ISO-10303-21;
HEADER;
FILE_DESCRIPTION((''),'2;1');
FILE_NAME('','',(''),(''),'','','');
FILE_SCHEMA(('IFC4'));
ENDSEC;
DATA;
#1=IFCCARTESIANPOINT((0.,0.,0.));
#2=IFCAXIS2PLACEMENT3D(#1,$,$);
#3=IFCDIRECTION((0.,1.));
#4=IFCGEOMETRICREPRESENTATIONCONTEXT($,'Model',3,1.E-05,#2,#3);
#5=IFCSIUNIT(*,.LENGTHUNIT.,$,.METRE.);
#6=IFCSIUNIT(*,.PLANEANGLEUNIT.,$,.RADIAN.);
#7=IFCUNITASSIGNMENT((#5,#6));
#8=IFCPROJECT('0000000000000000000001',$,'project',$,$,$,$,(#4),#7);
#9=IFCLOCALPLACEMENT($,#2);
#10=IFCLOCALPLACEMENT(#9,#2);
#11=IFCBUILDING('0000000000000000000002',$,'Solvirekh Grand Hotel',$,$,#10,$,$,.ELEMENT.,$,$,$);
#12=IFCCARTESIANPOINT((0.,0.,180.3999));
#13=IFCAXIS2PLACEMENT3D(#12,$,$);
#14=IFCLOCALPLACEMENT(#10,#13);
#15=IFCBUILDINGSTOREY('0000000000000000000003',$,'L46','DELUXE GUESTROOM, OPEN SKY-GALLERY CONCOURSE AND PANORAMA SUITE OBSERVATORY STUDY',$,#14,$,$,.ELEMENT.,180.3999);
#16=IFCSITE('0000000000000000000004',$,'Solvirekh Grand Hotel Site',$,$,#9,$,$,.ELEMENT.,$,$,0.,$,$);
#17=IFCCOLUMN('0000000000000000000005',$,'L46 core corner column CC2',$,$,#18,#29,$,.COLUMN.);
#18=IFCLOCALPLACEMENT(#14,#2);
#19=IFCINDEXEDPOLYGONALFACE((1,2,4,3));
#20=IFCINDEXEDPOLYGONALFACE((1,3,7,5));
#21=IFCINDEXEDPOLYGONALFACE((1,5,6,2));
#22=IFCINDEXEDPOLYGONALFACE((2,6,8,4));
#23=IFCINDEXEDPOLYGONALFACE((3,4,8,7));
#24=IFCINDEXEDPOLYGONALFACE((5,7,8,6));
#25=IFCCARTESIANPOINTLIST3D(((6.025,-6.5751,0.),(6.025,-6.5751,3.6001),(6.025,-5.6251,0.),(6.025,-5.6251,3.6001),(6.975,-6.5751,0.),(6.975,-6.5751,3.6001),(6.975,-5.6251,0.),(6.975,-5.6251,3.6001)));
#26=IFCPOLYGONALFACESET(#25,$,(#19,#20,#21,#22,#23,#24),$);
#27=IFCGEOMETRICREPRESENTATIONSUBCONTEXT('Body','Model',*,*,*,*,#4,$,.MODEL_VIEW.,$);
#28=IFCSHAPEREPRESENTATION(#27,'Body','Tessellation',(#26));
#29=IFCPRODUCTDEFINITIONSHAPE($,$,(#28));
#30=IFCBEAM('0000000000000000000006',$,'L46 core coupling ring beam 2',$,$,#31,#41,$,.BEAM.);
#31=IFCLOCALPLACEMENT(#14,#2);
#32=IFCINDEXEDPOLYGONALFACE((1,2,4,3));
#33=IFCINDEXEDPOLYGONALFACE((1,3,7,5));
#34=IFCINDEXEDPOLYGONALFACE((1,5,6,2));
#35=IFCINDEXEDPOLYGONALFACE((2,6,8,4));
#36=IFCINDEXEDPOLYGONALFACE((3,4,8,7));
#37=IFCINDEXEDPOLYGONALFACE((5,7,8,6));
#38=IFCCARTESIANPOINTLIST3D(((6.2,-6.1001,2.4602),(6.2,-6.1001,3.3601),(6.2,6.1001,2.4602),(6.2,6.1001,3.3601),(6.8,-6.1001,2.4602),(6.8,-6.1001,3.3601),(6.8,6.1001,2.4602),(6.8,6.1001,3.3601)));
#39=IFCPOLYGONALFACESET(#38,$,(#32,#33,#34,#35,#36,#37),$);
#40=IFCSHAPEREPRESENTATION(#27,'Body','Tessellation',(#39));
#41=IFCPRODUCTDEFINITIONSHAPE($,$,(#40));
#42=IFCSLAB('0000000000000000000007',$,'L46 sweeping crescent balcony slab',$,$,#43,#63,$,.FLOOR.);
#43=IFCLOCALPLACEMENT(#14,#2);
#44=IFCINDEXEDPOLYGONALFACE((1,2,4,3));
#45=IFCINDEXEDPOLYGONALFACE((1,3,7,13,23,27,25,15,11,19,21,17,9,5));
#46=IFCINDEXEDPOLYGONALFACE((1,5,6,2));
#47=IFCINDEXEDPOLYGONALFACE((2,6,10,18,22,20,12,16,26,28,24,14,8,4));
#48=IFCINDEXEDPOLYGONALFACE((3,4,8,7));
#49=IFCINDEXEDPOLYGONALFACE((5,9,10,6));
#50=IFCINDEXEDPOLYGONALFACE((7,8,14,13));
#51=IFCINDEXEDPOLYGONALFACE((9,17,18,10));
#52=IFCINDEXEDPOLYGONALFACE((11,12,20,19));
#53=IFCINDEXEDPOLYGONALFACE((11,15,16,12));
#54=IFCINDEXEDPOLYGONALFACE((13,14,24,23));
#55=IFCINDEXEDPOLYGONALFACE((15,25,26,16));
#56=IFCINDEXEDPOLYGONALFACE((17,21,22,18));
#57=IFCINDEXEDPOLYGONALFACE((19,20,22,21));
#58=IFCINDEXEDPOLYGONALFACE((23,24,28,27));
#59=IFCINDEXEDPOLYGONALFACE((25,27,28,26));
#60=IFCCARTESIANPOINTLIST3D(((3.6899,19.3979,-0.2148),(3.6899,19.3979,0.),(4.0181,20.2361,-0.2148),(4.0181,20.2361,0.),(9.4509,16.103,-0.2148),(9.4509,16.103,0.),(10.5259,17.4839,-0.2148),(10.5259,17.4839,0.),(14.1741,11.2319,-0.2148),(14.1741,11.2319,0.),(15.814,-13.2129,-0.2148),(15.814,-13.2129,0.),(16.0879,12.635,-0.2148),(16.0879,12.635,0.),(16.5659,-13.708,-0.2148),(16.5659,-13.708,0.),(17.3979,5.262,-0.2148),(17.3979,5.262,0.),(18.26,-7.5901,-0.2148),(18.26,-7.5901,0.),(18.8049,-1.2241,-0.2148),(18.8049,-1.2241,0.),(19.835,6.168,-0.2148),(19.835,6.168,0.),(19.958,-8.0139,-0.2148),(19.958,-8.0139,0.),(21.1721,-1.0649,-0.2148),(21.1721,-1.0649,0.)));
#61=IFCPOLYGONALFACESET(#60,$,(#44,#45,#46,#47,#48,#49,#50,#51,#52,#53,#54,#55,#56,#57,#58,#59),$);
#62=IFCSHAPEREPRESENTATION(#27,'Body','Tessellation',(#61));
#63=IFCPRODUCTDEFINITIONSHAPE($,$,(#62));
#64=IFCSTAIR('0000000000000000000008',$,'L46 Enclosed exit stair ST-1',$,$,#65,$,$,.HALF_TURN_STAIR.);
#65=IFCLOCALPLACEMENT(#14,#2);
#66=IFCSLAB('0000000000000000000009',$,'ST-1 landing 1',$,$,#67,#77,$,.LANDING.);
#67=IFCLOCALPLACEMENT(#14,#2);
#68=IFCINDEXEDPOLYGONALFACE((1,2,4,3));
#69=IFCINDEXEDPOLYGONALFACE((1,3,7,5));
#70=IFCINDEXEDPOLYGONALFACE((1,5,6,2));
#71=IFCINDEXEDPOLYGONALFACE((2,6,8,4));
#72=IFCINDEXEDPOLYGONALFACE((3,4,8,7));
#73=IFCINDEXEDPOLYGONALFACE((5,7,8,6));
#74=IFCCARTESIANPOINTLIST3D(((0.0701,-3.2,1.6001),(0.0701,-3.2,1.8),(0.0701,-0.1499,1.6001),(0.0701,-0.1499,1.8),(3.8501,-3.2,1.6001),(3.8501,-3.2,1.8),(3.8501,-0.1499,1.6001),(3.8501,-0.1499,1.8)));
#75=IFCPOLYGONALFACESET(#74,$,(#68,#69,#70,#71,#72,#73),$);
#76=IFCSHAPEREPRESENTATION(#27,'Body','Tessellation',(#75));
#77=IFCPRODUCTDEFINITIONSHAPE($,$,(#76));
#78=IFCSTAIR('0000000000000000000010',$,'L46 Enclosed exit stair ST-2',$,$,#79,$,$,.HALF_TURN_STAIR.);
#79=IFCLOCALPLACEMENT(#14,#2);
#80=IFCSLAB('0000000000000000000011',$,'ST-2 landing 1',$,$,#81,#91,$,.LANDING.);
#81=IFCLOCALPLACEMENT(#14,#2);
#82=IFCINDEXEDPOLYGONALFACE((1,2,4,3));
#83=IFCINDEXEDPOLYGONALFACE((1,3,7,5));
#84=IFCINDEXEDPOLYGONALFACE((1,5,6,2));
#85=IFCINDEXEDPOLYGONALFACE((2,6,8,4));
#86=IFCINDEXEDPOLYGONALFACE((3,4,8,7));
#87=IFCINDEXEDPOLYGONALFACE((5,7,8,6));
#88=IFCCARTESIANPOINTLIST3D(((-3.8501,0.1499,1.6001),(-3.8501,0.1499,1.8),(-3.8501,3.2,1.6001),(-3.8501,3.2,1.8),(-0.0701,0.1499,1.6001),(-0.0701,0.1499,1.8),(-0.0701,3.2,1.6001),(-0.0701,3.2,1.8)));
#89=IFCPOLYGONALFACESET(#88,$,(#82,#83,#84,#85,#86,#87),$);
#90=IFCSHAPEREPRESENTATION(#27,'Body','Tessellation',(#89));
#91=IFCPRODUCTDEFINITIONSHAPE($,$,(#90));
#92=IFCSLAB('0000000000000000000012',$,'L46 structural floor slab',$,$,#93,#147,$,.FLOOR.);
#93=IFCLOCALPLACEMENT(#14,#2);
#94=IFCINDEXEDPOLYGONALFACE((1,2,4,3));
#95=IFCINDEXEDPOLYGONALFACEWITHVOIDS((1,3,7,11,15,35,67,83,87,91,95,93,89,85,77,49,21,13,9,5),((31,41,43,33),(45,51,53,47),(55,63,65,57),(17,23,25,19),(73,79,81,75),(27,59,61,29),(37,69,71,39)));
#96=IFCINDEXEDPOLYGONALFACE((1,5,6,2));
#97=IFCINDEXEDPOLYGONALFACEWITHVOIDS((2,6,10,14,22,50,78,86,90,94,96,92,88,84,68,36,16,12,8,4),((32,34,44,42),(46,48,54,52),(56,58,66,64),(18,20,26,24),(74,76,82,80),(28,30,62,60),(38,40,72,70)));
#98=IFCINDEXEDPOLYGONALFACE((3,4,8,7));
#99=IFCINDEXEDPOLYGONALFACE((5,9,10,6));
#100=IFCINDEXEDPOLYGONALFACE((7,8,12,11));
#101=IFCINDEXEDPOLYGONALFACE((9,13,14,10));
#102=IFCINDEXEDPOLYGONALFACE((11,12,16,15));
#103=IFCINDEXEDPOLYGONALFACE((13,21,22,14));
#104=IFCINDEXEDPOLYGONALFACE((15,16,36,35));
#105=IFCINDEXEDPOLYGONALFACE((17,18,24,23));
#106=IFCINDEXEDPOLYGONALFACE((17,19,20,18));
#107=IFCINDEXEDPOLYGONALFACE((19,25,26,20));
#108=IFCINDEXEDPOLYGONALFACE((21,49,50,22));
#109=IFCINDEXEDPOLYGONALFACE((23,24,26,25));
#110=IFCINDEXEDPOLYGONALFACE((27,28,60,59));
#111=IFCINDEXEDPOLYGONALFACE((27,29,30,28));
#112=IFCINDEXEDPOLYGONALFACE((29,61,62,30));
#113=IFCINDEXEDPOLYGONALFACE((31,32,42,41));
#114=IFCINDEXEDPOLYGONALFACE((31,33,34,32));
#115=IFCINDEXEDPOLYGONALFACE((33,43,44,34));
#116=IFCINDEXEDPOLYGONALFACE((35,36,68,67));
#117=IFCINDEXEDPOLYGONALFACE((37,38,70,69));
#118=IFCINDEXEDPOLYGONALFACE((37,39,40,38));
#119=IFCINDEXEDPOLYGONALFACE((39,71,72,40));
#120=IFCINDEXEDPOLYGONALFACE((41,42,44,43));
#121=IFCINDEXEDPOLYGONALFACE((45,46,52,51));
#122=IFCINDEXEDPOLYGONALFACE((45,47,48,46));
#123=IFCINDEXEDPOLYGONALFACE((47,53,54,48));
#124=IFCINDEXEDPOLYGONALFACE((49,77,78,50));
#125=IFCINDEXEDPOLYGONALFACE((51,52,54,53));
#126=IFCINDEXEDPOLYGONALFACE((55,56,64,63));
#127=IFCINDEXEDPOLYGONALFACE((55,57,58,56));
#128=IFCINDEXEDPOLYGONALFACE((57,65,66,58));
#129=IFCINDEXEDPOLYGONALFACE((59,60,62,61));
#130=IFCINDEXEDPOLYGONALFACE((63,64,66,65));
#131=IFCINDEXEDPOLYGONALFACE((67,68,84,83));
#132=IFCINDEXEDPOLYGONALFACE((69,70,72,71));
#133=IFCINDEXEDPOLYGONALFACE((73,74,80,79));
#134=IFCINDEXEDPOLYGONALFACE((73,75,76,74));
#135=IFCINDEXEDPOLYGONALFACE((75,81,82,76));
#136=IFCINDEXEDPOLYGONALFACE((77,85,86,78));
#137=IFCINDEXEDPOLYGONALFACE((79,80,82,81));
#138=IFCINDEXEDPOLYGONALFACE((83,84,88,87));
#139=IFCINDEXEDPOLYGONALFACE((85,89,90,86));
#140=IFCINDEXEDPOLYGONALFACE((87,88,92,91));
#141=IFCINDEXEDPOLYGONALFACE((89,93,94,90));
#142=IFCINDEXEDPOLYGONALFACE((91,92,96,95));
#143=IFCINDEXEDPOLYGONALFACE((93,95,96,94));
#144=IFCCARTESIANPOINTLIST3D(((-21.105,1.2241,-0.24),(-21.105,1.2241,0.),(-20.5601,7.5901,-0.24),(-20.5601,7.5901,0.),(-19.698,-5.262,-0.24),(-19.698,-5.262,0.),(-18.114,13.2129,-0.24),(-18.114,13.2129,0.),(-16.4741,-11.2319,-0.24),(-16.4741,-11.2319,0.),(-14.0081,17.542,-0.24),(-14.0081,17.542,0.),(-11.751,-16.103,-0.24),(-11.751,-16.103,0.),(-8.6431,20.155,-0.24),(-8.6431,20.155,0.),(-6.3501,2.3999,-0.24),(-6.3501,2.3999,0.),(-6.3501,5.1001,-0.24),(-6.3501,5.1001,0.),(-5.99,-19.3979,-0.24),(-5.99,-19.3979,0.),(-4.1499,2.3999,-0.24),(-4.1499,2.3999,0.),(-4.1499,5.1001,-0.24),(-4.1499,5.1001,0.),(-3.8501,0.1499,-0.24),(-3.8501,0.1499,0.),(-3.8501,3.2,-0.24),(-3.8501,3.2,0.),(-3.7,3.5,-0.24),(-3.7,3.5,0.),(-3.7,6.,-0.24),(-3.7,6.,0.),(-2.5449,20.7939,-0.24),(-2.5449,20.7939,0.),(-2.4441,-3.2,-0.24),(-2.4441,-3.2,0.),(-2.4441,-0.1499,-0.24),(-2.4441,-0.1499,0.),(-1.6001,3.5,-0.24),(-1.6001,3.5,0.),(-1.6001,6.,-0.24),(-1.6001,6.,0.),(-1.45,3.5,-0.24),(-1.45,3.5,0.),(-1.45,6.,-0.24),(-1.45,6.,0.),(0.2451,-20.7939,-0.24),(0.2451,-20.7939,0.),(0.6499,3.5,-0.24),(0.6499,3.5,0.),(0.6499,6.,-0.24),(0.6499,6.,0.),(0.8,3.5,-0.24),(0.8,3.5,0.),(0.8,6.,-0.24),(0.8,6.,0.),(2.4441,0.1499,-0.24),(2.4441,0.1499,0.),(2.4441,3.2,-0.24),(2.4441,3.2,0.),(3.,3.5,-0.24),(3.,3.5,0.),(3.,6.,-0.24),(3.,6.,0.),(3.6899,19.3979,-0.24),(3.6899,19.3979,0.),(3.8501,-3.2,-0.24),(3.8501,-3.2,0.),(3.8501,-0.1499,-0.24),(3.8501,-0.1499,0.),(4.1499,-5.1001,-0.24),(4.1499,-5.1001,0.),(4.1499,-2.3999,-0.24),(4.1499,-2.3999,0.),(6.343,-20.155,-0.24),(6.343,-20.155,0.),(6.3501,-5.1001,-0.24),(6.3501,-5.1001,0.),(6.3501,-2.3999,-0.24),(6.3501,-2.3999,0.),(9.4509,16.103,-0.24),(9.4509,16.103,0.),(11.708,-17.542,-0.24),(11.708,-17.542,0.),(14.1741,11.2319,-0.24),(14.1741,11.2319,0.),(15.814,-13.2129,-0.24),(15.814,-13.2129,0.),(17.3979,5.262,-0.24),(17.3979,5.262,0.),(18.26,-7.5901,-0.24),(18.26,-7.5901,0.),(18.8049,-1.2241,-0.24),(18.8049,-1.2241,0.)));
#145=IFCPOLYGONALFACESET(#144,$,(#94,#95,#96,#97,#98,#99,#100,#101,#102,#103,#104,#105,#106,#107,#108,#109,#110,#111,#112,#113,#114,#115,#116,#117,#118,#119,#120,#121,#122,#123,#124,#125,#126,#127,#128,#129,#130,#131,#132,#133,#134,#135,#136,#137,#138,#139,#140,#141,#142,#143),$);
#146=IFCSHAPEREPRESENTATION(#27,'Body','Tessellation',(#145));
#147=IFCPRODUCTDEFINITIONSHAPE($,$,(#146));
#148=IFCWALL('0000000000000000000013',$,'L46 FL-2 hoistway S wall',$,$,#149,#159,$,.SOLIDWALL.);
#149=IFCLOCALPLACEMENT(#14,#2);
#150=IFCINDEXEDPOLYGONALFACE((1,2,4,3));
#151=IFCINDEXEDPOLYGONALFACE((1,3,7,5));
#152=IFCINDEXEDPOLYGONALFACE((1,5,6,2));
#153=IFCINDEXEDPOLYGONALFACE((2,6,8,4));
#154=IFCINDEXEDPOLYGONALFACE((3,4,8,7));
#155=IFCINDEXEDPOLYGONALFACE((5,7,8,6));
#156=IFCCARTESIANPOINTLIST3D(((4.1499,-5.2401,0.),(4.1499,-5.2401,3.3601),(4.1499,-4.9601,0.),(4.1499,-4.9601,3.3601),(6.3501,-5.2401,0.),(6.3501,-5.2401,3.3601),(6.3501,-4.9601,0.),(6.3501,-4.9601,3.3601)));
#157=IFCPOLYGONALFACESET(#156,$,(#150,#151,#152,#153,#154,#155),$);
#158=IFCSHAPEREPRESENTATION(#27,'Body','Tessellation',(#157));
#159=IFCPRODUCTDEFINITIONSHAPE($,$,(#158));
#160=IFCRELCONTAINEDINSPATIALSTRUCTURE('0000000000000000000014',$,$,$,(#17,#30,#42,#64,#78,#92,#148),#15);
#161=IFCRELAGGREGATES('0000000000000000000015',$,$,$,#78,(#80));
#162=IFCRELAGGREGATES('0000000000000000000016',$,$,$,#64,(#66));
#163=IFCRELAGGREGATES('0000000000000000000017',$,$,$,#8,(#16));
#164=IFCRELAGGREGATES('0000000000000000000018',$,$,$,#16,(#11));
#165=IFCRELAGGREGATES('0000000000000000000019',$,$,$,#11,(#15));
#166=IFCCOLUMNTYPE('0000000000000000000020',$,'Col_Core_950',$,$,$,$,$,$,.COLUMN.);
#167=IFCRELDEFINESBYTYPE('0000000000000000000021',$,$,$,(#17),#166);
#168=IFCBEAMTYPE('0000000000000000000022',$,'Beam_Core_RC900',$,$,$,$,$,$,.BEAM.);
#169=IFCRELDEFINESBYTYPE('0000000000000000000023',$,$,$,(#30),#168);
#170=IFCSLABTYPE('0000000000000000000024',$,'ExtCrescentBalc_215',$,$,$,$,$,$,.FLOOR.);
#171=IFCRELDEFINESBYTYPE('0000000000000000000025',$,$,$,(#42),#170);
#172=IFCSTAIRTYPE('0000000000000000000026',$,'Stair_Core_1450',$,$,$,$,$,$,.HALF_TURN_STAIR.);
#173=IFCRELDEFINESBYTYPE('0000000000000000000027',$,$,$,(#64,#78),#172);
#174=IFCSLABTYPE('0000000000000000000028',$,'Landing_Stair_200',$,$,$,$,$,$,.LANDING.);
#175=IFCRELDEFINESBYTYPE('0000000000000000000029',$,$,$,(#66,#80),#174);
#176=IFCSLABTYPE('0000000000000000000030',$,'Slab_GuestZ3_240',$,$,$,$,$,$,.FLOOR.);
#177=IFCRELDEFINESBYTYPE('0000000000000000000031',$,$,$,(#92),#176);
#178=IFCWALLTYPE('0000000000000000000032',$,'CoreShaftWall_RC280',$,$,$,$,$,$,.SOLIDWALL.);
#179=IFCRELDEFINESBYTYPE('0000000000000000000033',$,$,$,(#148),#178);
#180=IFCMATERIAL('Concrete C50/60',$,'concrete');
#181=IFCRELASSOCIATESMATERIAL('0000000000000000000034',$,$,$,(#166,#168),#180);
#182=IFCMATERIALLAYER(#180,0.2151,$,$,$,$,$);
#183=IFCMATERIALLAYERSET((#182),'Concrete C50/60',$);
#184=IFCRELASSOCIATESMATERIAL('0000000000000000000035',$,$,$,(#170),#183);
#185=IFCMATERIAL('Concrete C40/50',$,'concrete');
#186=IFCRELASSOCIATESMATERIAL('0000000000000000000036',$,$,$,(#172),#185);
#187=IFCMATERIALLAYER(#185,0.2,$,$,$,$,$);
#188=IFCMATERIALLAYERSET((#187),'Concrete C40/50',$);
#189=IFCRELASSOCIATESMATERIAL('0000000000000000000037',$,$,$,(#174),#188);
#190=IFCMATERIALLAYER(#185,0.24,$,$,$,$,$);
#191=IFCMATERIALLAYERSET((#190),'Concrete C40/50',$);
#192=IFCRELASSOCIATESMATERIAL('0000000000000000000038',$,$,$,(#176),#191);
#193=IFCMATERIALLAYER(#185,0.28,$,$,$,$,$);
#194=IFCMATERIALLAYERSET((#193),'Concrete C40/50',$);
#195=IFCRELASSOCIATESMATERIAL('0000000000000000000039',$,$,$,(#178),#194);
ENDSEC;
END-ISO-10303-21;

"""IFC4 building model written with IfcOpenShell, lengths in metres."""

from ifc_helpers import new_model, si_unit, direction, frame, frame_2d, origin, origin_2d, place, context, subcontext, project, spatial, polyline, rectangle, outline, extrude, material, layer, layer_set, material_profile, profile_set, type_object, element, aggregate, save


model = new_model("IFC4")

# Units and contexts
model_context = context("Model", 3, precision=1e-05, world=origin(), true_north=direction((0.0, 1.0)))
body_context = subcontext(model_context, "Body", "Model", "MODEL_VIEW")
ifc_project = project(units=[si_unit("LENGTHUNIT", "METRE"), si_unit("PLANEANGLEUNIT", "RADIAN")], contexts=[model_context])

# Site, building, storey
site_placement = place(None, origin())
site = spatial("IfcSite", under=ifc_project, at=site_placement, Name="Solvirekh Grand Hotel Site", CompositionType="ELEMENT", RefElevation=0.0)
building_placement = place(site_placement, origin())
building = spatial("IfcBuilding", under=site, at=building_placement, Name="Solvirekh Grand Hotel", CompositionType="ELEMENT")
storey_placement = place(building_placement, frame((0.0, 0.0, 180.3999)))
storey = spatial("IfcBuildingStorey", under=building, at=storey_placement, Name="L46", Description="DELUXE GUESTROOM, OPEN SKY-GALLERY CONCOURSE AND PANORAMA SUITE OBSERVATORY STUDY", CompositionType="ELEMENT", Elevation=180.3999)

# Column
ifc_material_1 = material(Name="Concrete C50/60", Category="concrete")
ifc_material_profile_1 = material_profile(ifc_material_1, rectangle(XDim=0.95, YDim=0.95, at=origin_2d()), Name="RC 950X950")
ifc_profile_set_1 = profile_set([ifc_material_profile_1], Name="Concrete C50/60")
column_type = type_object("IfcColumnType", Name="Col_Core_950", PredefinedType="COLUMN", material=ifc_profile_set_1)
column_placement = place(storey_placement, frame((6.5, -6.1001, 0.0), z_axis=(0.0, 0.0, 1.0), x_axis=(1.0, 0.0, 0.0)))
element("IfcColumn", 1, at=column_placement, inside=storey, type_object=column_type, Name="L46 core corner column CC2", PredefinedType="COLUMN", context=body_context, shape_type="SweptSolid", body=[
    extrude(rectangle(XDim=0.95, YDim=0.95, at=origin_2d()), origin(), (0.0, 0.0, 1.0), 3.6001),
])

# Beam
ifc_material_profile_2 = material_profile(ifc_material_1, rectangle(XDim=0.6001, YDim=0.8999, at=origin_2d()), Name="RC BEAM 600X900")
ifc_profile_set_2 = profile_set([ifc_material_profile_2], Name="Concrete C50/60")
beam_type = type_object("IfcBeamType", Name="Beam_Core_RC900", PredefinedType="BEAM", material=ifc_profile_set_2)
beam_placement = place(storey_placement, frame((6.5, -6.1001, 2.9102), z_axis=(0.0, 1.0, 0.0), x_axis=(-1.0, 0.0, 0.0)))
element("IfcBeam", 2, at=beam_placement, inside=storey, type_object=beam_type, Name="L46 core coupling ring beam 2", PredefinedType="BEAM", context=body_context, shape_type="SweptSolid", body=[
    extrude(rectangle(XDim=0.6001, YDim=0.8999, at=origin_2d()), origin(), (0.0, 0.0, 1.0), 12.2002),
])

# Slab
ifc_layer_1 = layer(ifc_material_1, 0.2151)
ifc_layer_set_1 = layer_set([ifc_layer_1], Name="Concrete C50/60")
slab_type_1 = type_object("IfcSlabType", Name="ExtCrescentBalc_215", PredefinedType="FLOOR", material=ifc_layer_set_1)
slab_1_placement = place(storey_placement, frame((0.0, 0.0, -0.2148)))
element("IfcSlab", 3, at=slab_1_placement, inside=storey, type_object=slab_type_1, Name="L46 sweeping crescent balcony slab", PredefinedType="FLOOR", context=body_context, shape_type="SweptSolid", body=[
    extrude(outline(polyline([(16.5659, -13.708), (19.958, -8.0139), (21.1721, -1.0649), (19.835, 6.168), (16.0879, 12.635), (10.5259, 17.4839), (4.0181, 20.2361), (3.6899, 19.3979), (9.4509, 16.103), (14.1741, 11.2319), (17.3979, 5.262), (18.8049, -1.2241), (18.26, -7.5901), (15.814, -13.2129), (16.5659, -13.708)])), origin(), (0.0, 0.0, 1.0), 0.2148),
])

# Stairs, slabs
ifc_material_2 = material(Name="Concrete C40/50", Category="concrete")
stair_type = type_object("IfcStairType", Name="Stair_Core_1450", PredefinedType="HALF_TURN_STAIR", material=ifc_material_2)
stair_1_placement = place(storey_placement, origin())
stair_1 = element("IfcStair", 4, at=stair_1_placement, inside=storey, type_object=stair_type, Name="L46 Enclosed exit stair ST-1", PredefinedType="HALF_TURN_STAIR")
ifc_layer_2 = layer(ifc_material_2, 0.2)
ifc_layer_set_2 = layer_set([ifc_layer_2], Name="Concrete C40/50")
slab_type_2 = type_object("IfcSlabType", Name="Landing_Stair_200", PredefinedType="LANDING", material=ifc_layer_set_2)
slab_2_placement = place(storey_placement, frame((0.0, 0.0, 1.6001)))
slab_2 = element("IfcSlab", 5, at=slab_2_placement, type_object=slab_type_2, Name="ST-1 landing 1", PredefinedType="LANDING", context=body_context, shape_type="SweptSolid", body=[
    extrude(outline(polyline([(0.0701, -3.2), (3.8501, -3.2), (3.8501, -0.1499), (0.0701, -0.1499), (0.0701, -3.2)])), origin(), (0.0, 0.0, 1.0), 0.2),
])
stair_2_placement = place(storey_placement, origin())
stair_2 = element("IfcStair", 6, at=stair_2_placement, inside=storey, type_object=stair_type, Name="L46 Enclosed exit stair ST-2", PredefinedType="HALF_TURN_STAIR")
slab_3_placement = place(storey_placement, frame((0.0, 0.0, 1.6001)))
slab_3 = element("IfcSlab", 7, at=slab_3_placement, type_object=slab_type_2, Name="ST-2 landing 1", PredefinedType="LANDING", context=body_context, shape_type="SweptSolid", body=[
    extrude(outline(polyline([(-0.0701, 3.2), (-3.8501, 3.2), (-3.8501, 0.1499), (-0.0701, 0.1499), (-0.0701, 3.2)])), origin(), (0.0, 0.0, 1.0), 0.2),
])
aggregate(stair_2, [slab_3])

# Slab
ifc_layer_3 = layer(ifc_material_2, 0.24)
ifc_layer_set_3 = layer_set([ifc_layer_3], Name="Concrete C40/50")
slab_type_3 = type_object("IfcSlabType", Name="Slab_GuestZ3_240", PredefinedType="FLOOR", material=ifc_layer_set_3)
slab_4_placement = place(storey_placement, frame((0.0, 0.0, -0.24)))
element("IfcSlab", 8, at=slab_4_placement, inside=storey, type_object=slab_type_3, Name="L46 structural floor slab", PredefinedType="FLOOR", context=body_context, shape_type="SweptSolid", body=[
    extrude(outline(polyline([(11.708, -17.542), (15.814, -13.2129), (18.26, -7.5901), (18.8049, -1.2241), (17.3979, 5.262), (14.1741, 11.2319), (9.4509, 16.103), (3.6899, 19.3979), (-2.5449, 20.7939), (-8.6431, 20.155), (-14.0081, 17.542), (-18.114, 13.2129), (-20.5601, 7.5901), (-21.105, 1.2241), (-19.698, -5.262), (-16.4741, -11.2319), (-11.751, -16.103), (-5.99, -19.3979), (0.2451, -20.7939), (6.343, -20.155), (11.708, -17.542)]), holes=[polyline([(-2.4441, -0.1499), (3.8501, -0.1499), (3.8501, -3.2), (-2.4441, -3.2), (-2.4441, -0.1499)]), polyline([(2.4441, 0.1499), (-3.8501, 0.1499), (-3.8501, 3.2), (2.4441, 3.2), (2.4441, 0.1499)]), polyline([(-3.7, 6.0), (-1.6001, 6.0), (-1.6001, 3.5), (-3.7, 3.5), (-3.7, 6.0)]), polyline([(-1.45, 6.0), (0.6499, 6.0), (0.6499, 3.5), (-1.45, 3.5), (-1.45, 6.0)]), polyline([(0.8, 6.0), (3.0, 6.0), (3.0, 3.5), (0.8, 3.5), (0.8, 6.0)]), polyline([(-6.3501, 5.1001), (-4.1499, 5.1001), (-4.1499, 2.3999), (-6.3501, 2.3999), (-6.3501, 5.1001)]), polyline([(4.1499, -2.3999), (6.3501, -2.3999), (6.3501, -5.1001), (4.1499, -5.1001), (4.1499, -2.3999)])]), origin(), (0.0, 0.0, 1.0), 0.24),
])

# Wall
ifc_layer_4 = layer(ifc_material_2, 0.28)
ifc_layer_set_4 = layer_set([ifc_layer_4], Name="Concrete C40/50")
wall_type_1 = type_object("IfcWallType", Name="CoreShaftWall_RC280", PredefinedType="SOLIDWALL", material=ifc_layer_set_4)
wall_1_placement = place(storey_placement, frame((4.1499, -5.1001, 0.0), z_axis=(0.0, 0.0, 1.0), x_axis=(1.0, 0.0, 0.0)))
element("IfcWall", 9, at=wall_1_placement, inside=storey, type_object=wall_type_1, Name="L46 FL-2 hoistway S wall", PredefinedType="SOLIDWALL", context=body_context, shape_type="SweptSolid", body=[
    extrude(rectangle(XDim=2.2002, YDim=0.28, at=frame_2d((1.1001, 0.0))), origin(), (0.0, 0.0, 1.0), 3.3601),
])

aggregate(stair_1, [slab_2])

save(model, "model.ifc")
